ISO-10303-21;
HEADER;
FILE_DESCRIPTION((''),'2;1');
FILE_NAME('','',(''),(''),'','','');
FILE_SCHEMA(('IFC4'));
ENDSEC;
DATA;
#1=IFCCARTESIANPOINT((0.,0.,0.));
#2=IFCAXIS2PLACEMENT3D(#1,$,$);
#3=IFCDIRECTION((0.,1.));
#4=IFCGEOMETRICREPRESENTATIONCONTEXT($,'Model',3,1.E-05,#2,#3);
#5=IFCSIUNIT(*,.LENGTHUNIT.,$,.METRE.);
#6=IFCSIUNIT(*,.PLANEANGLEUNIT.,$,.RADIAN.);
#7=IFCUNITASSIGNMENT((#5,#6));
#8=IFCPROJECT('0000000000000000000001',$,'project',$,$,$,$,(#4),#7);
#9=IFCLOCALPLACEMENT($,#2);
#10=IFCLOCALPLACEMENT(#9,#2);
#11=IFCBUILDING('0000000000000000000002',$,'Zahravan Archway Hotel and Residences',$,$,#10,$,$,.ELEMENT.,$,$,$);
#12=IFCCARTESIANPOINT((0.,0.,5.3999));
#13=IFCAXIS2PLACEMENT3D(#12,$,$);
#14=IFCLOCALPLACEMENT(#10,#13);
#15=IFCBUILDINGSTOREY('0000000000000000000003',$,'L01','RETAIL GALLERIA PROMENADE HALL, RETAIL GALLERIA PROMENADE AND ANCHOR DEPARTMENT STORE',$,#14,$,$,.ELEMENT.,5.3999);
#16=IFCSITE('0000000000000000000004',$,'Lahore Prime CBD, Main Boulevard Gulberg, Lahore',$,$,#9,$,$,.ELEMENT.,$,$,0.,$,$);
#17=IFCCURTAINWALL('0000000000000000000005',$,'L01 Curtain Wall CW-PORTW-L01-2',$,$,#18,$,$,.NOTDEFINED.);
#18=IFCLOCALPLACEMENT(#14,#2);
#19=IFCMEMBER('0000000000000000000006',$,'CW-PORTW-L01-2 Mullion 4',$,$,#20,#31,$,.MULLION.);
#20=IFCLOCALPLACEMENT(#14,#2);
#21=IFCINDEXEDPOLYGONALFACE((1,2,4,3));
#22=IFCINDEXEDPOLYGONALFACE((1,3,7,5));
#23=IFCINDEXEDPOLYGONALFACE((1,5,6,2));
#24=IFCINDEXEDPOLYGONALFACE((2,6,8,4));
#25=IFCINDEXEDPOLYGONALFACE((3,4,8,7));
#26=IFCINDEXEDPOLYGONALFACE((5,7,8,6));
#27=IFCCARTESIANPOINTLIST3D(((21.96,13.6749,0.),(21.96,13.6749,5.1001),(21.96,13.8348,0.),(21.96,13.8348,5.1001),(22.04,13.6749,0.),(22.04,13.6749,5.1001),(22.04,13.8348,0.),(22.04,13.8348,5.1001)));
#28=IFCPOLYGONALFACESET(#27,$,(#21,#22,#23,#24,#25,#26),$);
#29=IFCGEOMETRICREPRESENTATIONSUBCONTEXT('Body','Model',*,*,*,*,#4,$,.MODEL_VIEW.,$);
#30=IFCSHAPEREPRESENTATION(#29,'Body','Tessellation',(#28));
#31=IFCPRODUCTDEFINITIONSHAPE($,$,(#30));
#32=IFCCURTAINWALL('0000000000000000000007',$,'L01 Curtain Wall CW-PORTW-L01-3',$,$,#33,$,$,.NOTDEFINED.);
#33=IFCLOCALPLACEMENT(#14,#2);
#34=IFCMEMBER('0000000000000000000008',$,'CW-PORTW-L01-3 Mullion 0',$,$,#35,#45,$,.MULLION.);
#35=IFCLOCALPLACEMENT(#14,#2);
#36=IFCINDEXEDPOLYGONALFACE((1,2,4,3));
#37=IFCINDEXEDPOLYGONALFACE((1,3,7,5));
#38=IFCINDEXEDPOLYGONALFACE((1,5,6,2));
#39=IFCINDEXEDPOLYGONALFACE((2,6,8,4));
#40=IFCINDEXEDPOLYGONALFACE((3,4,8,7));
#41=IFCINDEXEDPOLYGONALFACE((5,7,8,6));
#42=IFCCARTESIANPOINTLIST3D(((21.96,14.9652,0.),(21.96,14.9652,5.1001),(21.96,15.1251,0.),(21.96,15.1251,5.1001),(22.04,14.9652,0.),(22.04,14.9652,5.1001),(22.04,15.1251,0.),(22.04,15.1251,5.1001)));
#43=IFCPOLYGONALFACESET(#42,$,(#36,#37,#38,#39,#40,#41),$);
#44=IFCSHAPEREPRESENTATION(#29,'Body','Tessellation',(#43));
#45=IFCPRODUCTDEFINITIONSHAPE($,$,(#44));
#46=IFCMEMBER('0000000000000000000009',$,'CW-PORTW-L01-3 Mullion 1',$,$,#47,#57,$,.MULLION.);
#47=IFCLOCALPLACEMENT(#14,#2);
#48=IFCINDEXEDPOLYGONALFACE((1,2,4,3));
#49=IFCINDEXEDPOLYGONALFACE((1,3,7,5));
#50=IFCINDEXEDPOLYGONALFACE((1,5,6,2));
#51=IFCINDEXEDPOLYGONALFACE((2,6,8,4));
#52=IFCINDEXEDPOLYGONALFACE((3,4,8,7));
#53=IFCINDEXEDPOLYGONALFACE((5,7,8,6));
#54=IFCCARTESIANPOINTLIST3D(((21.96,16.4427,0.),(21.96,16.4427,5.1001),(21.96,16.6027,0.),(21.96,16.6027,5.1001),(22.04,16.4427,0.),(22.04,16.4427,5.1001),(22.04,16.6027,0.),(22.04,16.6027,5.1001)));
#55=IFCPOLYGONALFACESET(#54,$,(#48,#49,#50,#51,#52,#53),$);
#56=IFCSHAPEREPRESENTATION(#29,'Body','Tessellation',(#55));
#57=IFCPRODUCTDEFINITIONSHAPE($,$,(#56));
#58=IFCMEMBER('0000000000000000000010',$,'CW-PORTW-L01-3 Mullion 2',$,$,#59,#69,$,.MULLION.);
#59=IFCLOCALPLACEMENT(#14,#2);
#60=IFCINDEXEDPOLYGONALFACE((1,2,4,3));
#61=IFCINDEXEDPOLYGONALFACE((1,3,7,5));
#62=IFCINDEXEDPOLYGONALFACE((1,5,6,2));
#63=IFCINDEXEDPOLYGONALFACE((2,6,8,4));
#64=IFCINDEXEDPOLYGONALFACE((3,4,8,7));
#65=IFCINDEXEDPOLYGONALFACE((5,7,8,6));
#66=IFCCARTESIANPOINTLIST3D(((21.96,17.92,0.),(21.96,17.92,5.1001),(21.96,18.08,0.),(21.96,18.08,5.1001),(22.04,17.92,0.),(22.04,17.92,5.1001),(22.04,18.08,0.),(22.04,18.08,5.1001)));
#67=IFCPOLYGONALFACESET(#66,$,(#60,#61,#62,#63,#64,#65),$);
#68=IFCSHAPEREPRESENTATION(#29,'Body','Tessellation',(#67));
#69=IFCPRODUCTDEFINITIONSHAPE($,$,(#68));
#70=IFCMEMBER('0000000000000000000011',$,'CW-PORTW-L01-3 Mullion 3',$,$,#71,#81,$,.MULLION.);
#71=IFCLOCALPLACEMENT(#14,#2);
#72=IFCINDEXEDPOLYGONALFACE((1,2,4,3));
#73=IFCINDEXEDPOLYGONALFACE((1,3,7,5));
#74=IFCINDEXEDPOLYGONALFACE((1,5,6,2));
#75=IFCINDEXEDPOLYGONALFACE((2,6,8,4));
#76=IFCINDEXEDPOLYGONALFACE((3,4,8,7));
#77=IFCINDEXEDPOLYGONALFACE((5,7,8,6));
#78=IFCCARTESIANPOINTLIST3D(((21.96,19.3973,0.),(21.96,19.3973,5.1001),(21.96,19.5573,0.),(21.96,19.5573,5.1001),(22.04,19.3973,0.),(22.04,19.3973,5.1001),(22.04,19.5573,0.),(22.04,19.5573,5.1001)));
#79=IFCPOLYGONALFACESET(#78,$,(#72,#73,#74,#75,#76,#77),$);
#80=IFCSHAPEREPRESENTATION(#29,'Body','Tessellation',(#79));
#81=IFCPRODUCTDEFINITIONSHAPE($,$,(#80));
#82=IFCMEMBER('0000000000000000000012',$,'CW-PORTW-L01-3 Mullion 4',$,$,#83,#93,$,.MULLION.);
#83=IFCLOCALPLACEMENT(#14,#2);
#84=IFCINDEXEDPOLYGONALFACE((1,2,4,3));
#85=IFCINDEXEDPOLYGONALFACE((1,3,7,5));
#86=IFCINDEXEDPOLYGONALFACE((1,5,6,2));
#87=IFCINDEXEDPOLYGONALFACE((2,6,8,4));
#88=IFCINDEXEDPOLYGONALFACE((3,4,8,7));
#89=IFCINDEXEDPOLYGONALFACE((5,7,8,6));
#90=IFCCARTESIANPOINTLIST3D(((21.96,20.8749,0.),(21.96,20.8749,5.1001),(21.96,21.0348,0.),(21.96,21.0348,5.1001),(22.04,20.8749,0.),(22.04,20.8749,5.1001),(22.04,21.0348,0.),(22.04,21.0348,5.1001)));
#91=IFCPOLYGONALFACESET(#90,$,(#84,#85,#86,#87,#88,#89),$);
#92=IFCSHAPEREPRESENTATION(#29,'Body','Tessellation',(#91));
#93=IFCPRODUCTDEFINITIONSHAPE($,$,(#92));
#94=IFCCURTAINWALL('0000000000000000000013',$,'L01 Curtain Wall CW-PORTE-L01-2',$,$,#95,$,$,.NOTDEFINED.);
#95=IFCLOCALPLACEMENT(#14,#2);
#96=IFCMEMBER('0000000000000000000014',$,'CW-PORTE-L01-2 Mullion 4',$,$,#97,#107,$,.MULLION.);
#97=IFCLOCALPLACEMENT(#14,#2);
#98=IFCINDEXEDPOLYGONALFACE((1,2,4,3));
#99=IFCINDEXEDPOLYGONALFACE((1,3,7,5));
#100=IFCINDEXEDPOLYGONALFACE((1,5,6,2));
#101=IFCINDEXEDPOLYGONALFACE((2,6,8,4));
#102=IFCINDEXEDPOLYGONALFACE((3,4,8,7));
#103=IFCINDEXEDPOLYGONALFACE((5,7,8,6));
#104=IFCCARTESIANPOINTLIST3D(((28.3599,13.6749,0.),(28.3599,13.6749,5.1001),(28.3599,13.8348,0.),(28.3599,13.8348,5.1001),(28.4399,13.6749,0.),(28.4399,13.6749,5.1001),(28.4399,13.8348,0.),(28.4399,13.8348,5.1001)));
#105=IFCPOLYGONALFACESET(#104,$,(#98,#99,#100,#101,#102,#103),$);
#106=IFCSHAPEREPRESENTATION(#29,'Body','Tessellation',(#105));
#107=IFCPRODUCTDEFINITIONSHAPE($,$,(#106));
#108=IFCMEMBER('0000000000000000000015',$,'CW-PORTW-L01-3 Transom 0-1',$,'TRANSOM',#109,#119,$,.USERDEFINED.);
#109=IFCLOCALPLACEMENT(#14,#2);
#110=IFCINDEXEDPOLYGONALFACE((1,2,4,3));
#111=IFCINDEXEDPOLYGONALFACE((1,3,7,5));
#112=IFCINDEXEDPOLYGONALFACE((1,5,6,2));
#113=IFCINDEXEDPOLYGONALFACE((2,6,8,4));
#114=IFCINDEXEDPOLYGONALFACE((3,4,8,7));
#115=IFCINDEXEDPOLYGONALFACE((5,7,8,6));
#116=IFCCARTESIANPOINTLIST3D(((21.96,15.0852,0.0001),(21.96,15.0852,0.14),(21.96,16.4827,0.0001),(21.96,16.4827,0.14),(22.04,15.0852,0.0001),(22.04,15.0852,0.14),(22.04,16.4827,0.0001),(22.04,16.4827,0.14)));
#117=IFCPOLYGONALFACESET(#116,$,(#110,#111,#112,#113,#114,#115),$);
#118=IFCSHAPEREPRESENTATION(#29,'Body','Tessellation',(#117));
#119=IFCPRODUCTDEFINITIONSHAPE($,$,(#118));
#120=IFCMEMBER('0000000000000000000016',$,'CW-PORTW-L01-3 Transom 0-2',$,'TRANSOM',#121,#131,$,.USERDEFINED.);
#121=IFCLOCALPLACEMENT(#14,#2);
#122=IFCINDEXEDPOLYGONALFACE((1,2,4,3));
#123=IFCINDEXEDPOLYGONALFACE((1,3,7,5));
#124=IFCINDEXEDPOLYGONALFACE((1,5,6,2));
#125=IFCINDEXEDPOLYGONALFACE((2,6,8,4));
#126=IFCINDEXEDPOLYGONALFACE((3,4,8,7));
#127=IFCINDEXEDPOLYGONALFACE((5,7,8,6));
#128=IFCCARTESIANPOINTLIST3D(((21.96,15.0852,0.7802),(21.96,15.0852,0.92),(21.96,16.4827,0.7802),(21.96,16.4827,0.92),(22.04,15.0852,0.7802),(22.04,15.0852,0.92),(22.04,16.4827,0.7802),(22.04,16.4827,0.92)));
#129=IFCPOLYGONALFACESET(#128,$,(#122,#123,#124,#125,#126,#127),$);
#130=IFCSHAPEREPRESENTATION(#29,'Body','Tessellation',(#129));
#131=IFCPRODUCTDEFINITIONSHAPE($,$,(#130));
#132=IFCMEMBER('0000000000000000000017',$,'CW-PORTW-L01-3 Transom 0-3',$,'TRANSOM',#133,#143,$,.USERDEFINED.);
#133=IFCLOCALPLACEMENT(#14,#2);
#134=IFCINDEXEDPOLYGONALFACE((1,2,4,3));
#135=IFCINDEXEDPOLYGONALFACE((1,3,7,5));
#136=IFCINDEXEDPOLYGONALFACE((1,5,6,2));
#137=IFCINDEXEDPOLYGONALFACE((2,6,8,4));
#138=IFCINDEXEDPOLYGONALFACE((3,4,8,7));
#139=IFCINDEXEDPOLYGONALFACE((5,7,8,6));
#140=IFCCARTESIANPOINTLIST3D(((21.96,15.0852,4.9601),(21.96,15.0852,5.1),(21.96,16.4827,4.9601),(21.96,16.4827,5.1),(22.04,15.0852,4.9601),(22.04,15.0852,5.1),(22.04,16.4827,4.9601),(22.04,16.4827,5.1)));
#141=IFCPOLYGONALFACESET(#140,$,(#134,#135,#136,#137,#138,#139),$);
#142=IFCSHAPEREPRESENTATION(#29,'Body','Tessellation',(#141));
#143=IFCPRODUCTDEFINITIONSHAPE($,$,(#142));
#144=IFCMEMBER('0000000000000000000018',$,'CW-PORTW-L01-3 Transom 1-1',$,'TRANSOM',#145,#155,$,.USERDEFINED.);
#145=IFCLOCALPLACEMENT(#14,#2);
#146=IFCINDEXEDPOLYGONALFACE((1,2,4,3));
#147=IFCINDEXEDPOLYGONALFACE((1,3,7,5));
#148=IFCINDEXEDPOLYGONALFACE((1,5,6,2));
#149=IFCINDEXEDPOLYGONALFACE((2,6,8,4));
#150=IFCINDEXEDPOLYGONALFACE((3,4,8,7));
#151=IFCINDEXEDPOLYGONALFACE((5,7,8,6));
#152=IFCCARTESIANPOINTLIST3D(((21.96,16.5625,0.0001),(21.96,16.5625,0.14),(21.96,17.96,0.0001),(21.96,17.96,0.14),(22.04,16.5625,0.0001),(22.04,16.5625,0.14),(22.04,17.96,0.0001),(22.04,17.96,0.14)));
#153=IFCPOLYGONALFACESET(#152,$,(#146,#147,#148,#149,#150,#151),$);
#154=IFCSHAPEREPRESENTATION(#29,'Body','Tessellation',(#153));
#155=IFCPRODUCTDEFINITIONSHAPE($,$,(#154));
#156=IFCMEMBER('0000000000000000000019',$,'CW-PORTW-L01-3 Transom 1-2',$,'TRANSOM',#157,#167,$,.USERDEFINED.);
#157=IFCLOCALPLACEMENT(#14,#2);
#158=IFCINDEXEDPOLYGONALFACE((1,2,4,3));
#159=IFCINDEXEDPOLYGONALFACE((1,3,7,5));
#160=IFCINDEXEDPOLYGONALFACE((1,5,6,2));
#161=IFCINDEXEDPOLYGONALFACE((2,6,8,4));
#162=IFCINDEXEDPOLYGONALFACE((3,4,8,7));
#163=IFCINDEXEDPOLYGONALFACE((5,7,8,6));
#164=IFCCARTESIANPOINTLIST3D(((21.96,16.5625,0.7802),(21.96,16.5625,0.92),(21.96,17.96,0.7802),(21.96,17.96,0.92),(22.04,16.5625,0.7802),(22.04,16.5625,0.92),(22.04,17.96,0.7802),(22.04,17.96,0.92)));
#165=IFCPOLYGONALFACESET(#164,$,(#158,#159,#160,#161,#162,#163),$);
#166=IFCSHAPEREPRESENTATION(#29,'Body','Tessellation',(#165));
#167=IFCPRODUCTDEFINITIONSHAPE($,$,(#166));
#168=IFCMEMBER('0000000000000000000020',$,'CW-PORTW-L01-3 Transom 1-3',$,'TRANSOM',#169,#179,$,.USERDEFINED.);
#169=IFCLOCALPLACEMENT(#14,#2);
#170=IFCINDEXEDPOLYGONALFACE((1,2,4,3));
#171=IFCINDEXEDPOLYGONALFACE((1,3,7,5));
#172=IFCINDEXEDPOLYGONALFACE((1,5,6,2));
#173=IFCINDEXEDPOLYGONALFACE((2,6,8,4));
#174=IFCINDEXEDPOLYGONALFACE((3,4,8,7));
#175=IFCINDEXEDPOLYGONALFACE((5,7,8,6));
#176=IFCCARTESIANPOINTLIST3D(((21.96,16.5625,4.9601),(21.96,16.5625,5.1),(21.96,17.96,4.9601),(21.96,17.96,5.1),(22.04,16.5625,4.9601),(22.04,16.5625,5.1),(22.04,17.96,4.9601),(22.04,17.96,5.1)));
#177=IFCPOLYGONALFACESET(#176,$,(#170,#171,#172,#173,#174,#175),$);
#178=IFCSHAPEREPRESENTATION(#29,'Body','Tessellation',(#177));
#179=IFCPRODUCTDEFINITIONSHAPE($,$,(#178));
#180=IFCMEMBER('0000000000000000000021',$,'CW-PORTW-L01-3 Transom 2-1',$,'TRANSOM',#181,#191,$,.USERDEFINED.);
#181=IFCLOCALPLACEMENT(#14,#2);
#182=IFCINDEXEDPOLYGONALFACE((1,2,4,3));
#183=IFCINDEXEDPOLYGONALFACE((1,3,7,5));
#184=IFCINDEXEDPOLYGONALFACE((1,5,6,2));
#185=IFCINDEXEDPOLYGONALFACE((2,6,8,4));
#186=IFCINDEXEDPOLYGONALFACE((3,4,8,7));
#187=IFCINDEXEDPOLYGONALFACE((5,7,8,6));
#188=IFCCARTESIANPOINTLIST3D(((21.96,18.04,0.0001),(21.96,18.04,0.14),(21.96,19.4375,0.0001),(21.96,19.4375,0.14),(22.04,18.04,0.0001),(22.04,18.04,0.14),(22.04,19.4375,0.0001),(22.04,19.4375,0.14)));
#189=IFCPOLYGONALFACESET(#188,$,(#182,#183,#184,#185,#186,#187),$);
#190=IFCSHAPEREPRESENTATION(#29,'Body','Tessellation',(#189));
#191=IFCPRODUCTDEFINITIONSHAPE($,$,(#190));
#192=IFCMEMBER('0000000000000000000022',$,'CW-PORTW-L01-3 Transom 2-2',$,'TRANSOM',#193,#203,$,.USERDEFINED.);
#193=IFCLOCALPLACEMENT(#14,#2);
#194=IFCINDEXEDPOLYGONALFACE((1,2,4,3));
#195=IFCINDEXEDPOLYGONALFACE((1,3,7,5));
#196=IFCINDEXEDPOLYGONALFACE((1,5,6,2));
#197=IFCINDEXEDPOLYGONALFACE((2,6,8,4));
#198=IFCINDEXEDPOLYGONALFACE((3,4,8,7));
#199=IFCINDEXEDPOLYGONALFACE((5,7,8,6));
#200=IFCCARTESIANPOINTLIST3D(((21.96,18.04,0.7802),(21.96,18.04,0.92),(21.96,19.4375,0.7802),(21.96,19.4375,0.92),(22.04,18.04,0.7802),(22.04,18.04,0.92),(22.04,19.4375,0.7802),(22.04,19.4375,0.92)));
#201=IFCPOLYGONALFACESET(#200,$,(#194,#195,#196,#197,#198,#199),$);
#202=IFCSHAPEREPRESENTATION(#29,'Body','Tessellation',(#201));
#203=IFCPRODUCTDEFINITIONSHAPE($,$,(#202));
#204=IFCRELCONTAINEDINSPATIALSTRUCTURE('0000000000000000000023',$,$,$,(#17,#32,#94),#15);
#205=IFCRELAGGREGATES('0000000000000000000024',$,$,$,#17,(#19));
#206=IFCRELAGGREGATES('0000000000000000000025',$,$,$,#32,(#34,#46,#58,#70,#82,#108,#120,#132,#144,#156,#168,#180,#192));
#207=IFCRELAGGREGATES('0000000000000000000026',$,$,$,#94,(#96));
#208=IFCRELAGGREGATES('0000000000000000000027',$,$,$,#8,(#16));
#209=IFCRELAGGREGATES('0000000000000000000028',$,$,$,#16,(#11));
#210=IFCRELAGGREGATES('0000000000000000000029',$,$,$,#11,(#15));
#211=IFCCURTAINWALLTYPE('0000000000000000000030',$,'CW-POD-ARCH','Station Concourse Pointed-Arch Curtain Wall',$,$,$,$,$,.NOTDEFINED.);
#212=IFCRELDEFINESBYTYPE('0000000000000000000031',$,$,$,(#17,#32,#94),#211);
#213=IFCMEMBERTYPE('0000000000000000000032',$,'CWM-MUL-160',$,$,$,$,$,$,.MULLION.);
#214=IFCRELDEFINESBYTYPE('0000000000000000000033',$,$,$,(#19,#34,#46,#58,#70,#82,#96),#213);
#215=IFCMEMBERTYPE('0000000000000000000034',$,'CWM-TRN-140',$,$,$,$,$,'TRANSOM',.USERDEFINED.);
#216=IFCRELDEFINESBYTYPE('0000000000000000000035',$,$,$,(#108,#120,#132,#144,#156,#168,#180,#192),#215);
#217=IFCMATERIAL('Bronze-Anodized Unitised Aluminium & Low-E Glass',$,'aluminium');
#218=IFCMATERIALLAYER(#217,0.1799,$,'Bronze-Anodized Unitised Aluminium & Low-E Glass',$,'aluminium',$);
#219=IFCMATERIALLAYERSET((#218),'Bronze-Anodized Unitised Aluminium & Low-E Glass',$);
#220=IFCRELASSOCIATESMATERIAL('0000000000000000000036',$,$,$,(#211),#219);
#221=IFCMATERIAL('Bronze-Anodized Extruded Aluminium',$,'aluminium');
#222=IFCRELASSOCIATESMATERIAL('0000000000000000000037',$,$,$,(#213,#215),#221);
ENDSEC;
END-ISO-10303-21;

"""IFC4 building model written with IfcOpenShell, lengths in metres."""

from ifc_helpers import new_model, si_unit, direction, frame, origin, origin_2d, place, context, subcontext, project, spatial, rectangle, extrude, source, transform, mapped, material, layer, layer_set, material_profile, profile_set, type_object, element, aggregate, save


model = new_model("IFC4")

# Units and contexts
model_context = context("Model", 3, precision=1e-05, world=origin(), true_north=direction((0.0, 1.0)))
body_context = subcontext(model_context, "Body", "Model", "MODEL_VIEW")
ifc_project = project(units=[si_unit("LENGTHUNIT", "METRE"), si_unit("PLANEANGLEUNIT", "RADIAN")], contexts=[model_context])

# Site, building, storey
site_placement = place(None, origin())
site = spatial("IfcSite", under=ifc_project, at=site_placement, Name="Lahore Prime CBD, Main Boulevard Gulberg, Lahore", CompositionType="ELEMENT", RefElevation=0.0)
building_placement = place(site_placement, origin())
building = spatial("IfcBuilding", under=site, at=building_placement, Name="Zahravan Archway Hotel and Residences", CompositionType="ELEMENT")
storey_placement = place(building_placement, frame((0.0, 0.0, 5.3999)))
storey = spatial("IfcBuildingStorey", under=building, at=storey_placement, Name="L01", Description="RETAIL GALLERIA PROMENADE HALL, RETAIL GALLERIA PROMENADE AND ANCHOR DEPARTMENT STORE", CompositionType="ELEMENT", Elevation=5.3999)

# Curtain wall, member
ifc_material_1 = material(Name="Bronze-Anodized Unitised Aluminium & Low-E Glass", Category="aluminium")
ifc_layer_1 = layer(ifc_material_1, 0.1799, Name="Bronze-Anodized Unitised Aluminium & Low-E Glass", Category="aluminium")
ifc_layer_set_1 = layer_set([ifc_layer_1], Name="Bronze-Anodized Unitised Aluminium & Low-E Glass")
curtain_wall_type = type_object("IfcCurtainWallType", Name="CW-POD-ARCH", Description="Station Concourse Pointed-Arch Curtain Wall", PredefinedType="NOTDEFINED", material=ifc_layer_set_1)
curtain_wall_1_placement = place(storey_placement, origin())
curtain_wall_1 = element("IfcCurtainWall", 1, at=curtain_wall_1_placement, inside=storey, type_object=curtain_wall_type, Name="L01 Curtain Wall CW-PORTW-L01-2", PredefinedType="NOTDEFINED")
ifc_material_2 = material(Name="Bronze-Anodized Extruded Aluminium", Category="aluminium")
ifc_material_profile_1 = material_profile(ifc_material_2, rectangle(XDim=0.0801, YDim=0.1599, at=origin_2d()), Name="MUL 80x160", Category="aluminium")
ifc_profile_set_1 = profile_set([ifc_material_profile_1], Name="Bronze-Anodized Extruded Aluminium")
member_type_1 = type_object("IfcMemberType", Name="CWM-MUL-160", PredefinedType="MULLION", material=ifc_profile_set_1)
shared_shape_1 = source(origin(), body_context, "Body", "SweptSolid", [
    extrude(rectangle(XDim=0.0801, YDim=0.1599, at=origin_2d()), origin(), (0.0, 0.0, 1.0), 5.1001),
])
member_1_placement = place(storey_placement, frame((22.0, 13.7549, 0.0), z_axis=(0.0, 0.0, 1.0), x_axis=(1.0, 0.0, 0.0)))
member_1 = element("IfcMember", 2, at=member_1_placement, type_object=member_type_1, Name="CW-PORTW-L01-2 Mullion 4", PredefinedType="MULLION", context=body_context, shape_type="MappedRepresentation", body=[
    mapped(shared_shape_1, transform((0.0, 0.0, 0.0), scale=1.0)),
])
aggregate(curtain_wall_1, [member_1])

# Curtain wall, members
curtain_wall_2_placement = place(storey_placement, origin())
curtain_wall_2 = element("IfcCurtainWall", 3, at=curtain_wall_2_placement, inside=storey, type_object=curtain_wall_type, Name="L01 Curtain Wall CW-PORTW-L01-3", PredefinedType="NOTDEFINED")
member_2_placement = place(storey_placement, frame((22.0, 15.0452, 0.0), z_axis=(0.0, 0.0, 1.0), x_axis=(1.0, 0.0, 0.0)))
member_2 = element("IfcMember", 4, at=member_2_placement, type_object=member_type_1, Name="CW-PORTW-L01-3 Mullion 0", PredefinedType="MULLION", context=body_context, shape_type="MappedRepresentation", body=[
    mapped(shared_shape_1, transform((0.0, 0.0, 0.0), scale=1.0)),
])
member_3_placement = place(storey_placement, frame((22.0, 16.5227, 0.0), z_axis=(0.0, 0.0, 1.0), x_axis=(1.0, 0.0, 0.0)))
member_3 = element("IfcMember", 5, at=member_3_placement, type_object=member_type_1, Name="CW-PORTW-L01-3 Mullion 1", PredefinedType="MULLION", context=body_context, shape_type="MappedRepresentation", body=[
    mapped(shared_shape_1, transform((0.0, 0.0, 0.0), scale=1.0)),
])
member_4_placement = place(storey_placement, frame((22.0, 18.0, 0.0), z_axis=(0.0, 0.0, 1.0), x_axis=(1.0, 0.0, 0.0)))
member_4 = element("IfcMember", 6, at=member_4_placement, type_object=member_type_1, Name="CW-PORTW-L01-3 Mullion 2", PredefinedType="MULLION", context=body_context, shape_type="MappedRepresentation", body=[
    mapped(shared_shape_1, transform((0.0, 0.0, 0.0), scale=1.0)),
])
member_5_placement = place(storey_placement, frame((22.0, 19.4773, 0.0), z_axis=(0.0, 0.0, 1.0), x_axis=(1.0, 0.0, 0.0)))
member_5 = element("IfcMember", 7, at=member_5_placement, type_object=member_type_1, Name="CW-PORTW-L01-3 Mullion 3", PredefinedType="MULLION", context=body_context, shape_type="MappedRepresentation", body=[
    mapped(shared_shape_1, transform((0.0, 0.0, 0.0), scale=1.0)),
])
member_6_placement = place(storey_placement, frame((22.0, 20.9548, 0.0), z_axis=(0.0, 0.0, 1.0), x_axis=(1.0, 0.0, 0.0)))
member_6 = element("IfcMember", 8, at=member_6_placement, type_object=member_type_1, Name="CW-PORTW-L01-3 Mullion 4", PredefinedType="MULLION", context=body_context, shape_type="MappedRepresentation", body=[
    mapped(shared_shape_1, transform((0.0, 0.0, 0.0), scale=1.0)),
])

# Curtain wall, member
curtain_wall_3_placement = place(storey_placement, origin())
curtain_wall_3 = element("IfcCurtainWall", 9, at=curtain_wall_3_placement, inside=storey, type_object=curtain_wall_type, Name="L01 Curtain Wall CW-PORTE-L01-2", PredefinedType="NOTDEFINED")
member_7_placement = place(storey_placement, frame((28.3999, 13.7549, 0.0), z_axis=(0.0, 0.0, 1.0), x_axis=(1.0, 0.0, 0.0)))
member_7 = element("IfcMember", 10, at=member_7_placement, type_object=member_type_1, Name="CW-PORTE-L01-2 Mullion 4", PredefinedType="MULLION", context=body_context, shape_type="MappedRepresentation", body=[
    mapped(shared_shape_1, transform((0.0, 0.0, 0.0), scale=1.0)),
])

# Members
ifc_material_profile_2 = material_profile(ifc_material_2, rectangle(XDim=0.0801, YDim=0.1399, at=origin_2d()), Name="TRN 80x140", Category="aluminium")
ifc_profile_set_2 = profile_set([ifc_material_profile_2], Name="Bronze-Anodized Extruded Aluminium")
member_type_2 = type_object("IfcMemberType", Name="CWM-TRN-140", ElementType="TRANSOM", PredefinedType="USERDEFINED", material=ifc_profile_set_2)
shared_shape_2 = source(origin(), body_context, "Body", "SweptSolid", [
    extrude(rectangle(XDim=0.0801, YDim=0.1399, at=origin_2d()), origin(), (0.0, 0.0, 1.0), 1.3975),
])
member_8_placement = place(storey_placement, frame((22.0, 15.0852, 0.0701), z_axis=(0.0, 1.0, 0.0), x_axis=(-1.0, 0.0, 0.0)))
member_8 = element("IfcMember", 11, at=member_8_placement, type_object=member_type_2, Name="CW-PORTW-L01-3 Transom 0-1", ObjectType="TRANSOM", PredefinedType="USERDEFINED", context=body_context, shape_type="MappedRepresentation", body=[
    mapped(shared_shape_2, transform((0.0, 0.0, 0.0), scale=1.0)),
])
member_9_placement = place(storey_placement, frame((22.0, 15.0852, 0.8501), z_axis=(0.0, 1.0, 0.0), x_axis=(-1.0, 0.0, 0.0)))
member_9 = element("IfcMember", 12, at=member_9_placement, type_object=member_type_2, Name="CW-PORTW-L01-3 Transom 0-2", ObjectType="TRANSOM", PredefinedType="USERDEFINED", context=body_context, shape_type="MappedRepresentation", body=[
    mapped(shared_shape_2, transform((0.0, 0.0, 0.0), scale=1.0)),
])
member_10_placement = place(storey_placement, frame((22.0, 15.0852, 5.03), z_axis=(0.0, 1.0, 0.0), x_axis=(-1.0, 0.0, 0.0)))
member_10 = element("IfcMember", 13, at=member_10_placement, type_object=member_type_2, Name="CW-PORTW-L01-3 Transom 0-3", ObjectType="TRANSOM", PredefinedType="USERDEFINED", context=body_context, shape_type="MappedRepresentation", body=[
    mapped(shared_shape_2, transform((0.0, 0.0, 0.0), scale=1.0)),
])
member_11_placement = place(storey_placement, frame((22.0, 16.5625, 0.0701), z_axis=(0.0, 1.0, 0.0), x_axis=(-1.0, 0.0, 0.0)))
member_11 = element("IfcMember", 14, at=member_11_placement, type_object=member_type_2, Name="CW-PORTW-L01-3 Transom 1-1", ObjectType="TRANSOM", PredefinedType="USERDEFINED", context=body_context, shape_type="MappedRepresentation", body=[
    mapped(shared_shape_2, transform((0.0, 0.0, 0.0), scale=1.0)),
])
member_12_placement = place(storey_placement, frame((22.0, 16.5625, 0.8501), z_axis=(0.0, 1.0, 0.0), x_axis=(-1.0, 0.0, 0.0)))
member_12 = element("IfcMember", 15, at=member_12_placement, type_object=member_type_2, Name="CW-PORTW-L01-3 Transom 1-2", ObjectType="TRANSOM", PredefinedType="USERDEFINED", context=body_context, shape_type="MappedRepresentation", body=[
    mapped(shared_shape_2, transform((0.0, 0.0, 0.0), scale=1.0)),
])
member_13_placement = place(storey_placement, frame((22.0, 16.5625, 5.03), z_axis=(0.0, 1.0, 0.0), x_axis=(-1.0, 0.0, 0.0)))
member_13 = element("IfcMember", 16, at=member_13_placement, type_object=member_type_2, Name="CW-PORTW-L01-3 Transom 1-3", ObjectType="TRANSOM", PredefinedType="USERDEFINED", context=body_context, shape_type="MappedRepresentation", body=[
    mapped(shared_shape_2, transform((0.0, 0.0, 0.0), scale=1.0)),
])
member_14_placement = place(storey_placement, frame((22.0, 18.04, 0.0701), z_axis=(0.0, 1.0, 0.0), x_axis=(-1.0, 0.0, 0.0)))
member_14 = element("IfcMember", 17, at=member_14_placement, type_object=member_type_2, Name="CW-PORTW-L01-3 Transom 2-1", ObjectType="TRANSOM", PredefinedType="USERDEFINED", context=body_context, shape_type="MappedRepresentation", body=[
    mapped(shared_shape_2, transform((0.0, 0.0, 0.0), scale=1.0)),
])
member_15_placement = place(storey_placement, frame((22.0, 18.04, 0.8501), z_axis=(0.0, 1.0, 0.0), x_axis=(-1.0, 0.0, 0.0)))
member_15 = element("IfcMember", 18, at=member_15_placement, type_object=member_type_2, Name="CW-PORTW-L01-3 Transom 2-2", ObjectType="TRANSOM", PredefinedType="USERDEFINED", context=body_context, shape_type="MappedRepresentation", body=[
    mapped(shared_shape_2, transform((0.0, 0.0, 0.0), scale=1.0)),
])

aggregate(curtain_wall_2, [member_2, member_3, member_4, member_5, member_6, member_8, member_9, member_10, member_11, member_12, member_13, member_14, member_15])
aggregate(curtain_wall_3, [member_7])

save(model, "model.ifc")
